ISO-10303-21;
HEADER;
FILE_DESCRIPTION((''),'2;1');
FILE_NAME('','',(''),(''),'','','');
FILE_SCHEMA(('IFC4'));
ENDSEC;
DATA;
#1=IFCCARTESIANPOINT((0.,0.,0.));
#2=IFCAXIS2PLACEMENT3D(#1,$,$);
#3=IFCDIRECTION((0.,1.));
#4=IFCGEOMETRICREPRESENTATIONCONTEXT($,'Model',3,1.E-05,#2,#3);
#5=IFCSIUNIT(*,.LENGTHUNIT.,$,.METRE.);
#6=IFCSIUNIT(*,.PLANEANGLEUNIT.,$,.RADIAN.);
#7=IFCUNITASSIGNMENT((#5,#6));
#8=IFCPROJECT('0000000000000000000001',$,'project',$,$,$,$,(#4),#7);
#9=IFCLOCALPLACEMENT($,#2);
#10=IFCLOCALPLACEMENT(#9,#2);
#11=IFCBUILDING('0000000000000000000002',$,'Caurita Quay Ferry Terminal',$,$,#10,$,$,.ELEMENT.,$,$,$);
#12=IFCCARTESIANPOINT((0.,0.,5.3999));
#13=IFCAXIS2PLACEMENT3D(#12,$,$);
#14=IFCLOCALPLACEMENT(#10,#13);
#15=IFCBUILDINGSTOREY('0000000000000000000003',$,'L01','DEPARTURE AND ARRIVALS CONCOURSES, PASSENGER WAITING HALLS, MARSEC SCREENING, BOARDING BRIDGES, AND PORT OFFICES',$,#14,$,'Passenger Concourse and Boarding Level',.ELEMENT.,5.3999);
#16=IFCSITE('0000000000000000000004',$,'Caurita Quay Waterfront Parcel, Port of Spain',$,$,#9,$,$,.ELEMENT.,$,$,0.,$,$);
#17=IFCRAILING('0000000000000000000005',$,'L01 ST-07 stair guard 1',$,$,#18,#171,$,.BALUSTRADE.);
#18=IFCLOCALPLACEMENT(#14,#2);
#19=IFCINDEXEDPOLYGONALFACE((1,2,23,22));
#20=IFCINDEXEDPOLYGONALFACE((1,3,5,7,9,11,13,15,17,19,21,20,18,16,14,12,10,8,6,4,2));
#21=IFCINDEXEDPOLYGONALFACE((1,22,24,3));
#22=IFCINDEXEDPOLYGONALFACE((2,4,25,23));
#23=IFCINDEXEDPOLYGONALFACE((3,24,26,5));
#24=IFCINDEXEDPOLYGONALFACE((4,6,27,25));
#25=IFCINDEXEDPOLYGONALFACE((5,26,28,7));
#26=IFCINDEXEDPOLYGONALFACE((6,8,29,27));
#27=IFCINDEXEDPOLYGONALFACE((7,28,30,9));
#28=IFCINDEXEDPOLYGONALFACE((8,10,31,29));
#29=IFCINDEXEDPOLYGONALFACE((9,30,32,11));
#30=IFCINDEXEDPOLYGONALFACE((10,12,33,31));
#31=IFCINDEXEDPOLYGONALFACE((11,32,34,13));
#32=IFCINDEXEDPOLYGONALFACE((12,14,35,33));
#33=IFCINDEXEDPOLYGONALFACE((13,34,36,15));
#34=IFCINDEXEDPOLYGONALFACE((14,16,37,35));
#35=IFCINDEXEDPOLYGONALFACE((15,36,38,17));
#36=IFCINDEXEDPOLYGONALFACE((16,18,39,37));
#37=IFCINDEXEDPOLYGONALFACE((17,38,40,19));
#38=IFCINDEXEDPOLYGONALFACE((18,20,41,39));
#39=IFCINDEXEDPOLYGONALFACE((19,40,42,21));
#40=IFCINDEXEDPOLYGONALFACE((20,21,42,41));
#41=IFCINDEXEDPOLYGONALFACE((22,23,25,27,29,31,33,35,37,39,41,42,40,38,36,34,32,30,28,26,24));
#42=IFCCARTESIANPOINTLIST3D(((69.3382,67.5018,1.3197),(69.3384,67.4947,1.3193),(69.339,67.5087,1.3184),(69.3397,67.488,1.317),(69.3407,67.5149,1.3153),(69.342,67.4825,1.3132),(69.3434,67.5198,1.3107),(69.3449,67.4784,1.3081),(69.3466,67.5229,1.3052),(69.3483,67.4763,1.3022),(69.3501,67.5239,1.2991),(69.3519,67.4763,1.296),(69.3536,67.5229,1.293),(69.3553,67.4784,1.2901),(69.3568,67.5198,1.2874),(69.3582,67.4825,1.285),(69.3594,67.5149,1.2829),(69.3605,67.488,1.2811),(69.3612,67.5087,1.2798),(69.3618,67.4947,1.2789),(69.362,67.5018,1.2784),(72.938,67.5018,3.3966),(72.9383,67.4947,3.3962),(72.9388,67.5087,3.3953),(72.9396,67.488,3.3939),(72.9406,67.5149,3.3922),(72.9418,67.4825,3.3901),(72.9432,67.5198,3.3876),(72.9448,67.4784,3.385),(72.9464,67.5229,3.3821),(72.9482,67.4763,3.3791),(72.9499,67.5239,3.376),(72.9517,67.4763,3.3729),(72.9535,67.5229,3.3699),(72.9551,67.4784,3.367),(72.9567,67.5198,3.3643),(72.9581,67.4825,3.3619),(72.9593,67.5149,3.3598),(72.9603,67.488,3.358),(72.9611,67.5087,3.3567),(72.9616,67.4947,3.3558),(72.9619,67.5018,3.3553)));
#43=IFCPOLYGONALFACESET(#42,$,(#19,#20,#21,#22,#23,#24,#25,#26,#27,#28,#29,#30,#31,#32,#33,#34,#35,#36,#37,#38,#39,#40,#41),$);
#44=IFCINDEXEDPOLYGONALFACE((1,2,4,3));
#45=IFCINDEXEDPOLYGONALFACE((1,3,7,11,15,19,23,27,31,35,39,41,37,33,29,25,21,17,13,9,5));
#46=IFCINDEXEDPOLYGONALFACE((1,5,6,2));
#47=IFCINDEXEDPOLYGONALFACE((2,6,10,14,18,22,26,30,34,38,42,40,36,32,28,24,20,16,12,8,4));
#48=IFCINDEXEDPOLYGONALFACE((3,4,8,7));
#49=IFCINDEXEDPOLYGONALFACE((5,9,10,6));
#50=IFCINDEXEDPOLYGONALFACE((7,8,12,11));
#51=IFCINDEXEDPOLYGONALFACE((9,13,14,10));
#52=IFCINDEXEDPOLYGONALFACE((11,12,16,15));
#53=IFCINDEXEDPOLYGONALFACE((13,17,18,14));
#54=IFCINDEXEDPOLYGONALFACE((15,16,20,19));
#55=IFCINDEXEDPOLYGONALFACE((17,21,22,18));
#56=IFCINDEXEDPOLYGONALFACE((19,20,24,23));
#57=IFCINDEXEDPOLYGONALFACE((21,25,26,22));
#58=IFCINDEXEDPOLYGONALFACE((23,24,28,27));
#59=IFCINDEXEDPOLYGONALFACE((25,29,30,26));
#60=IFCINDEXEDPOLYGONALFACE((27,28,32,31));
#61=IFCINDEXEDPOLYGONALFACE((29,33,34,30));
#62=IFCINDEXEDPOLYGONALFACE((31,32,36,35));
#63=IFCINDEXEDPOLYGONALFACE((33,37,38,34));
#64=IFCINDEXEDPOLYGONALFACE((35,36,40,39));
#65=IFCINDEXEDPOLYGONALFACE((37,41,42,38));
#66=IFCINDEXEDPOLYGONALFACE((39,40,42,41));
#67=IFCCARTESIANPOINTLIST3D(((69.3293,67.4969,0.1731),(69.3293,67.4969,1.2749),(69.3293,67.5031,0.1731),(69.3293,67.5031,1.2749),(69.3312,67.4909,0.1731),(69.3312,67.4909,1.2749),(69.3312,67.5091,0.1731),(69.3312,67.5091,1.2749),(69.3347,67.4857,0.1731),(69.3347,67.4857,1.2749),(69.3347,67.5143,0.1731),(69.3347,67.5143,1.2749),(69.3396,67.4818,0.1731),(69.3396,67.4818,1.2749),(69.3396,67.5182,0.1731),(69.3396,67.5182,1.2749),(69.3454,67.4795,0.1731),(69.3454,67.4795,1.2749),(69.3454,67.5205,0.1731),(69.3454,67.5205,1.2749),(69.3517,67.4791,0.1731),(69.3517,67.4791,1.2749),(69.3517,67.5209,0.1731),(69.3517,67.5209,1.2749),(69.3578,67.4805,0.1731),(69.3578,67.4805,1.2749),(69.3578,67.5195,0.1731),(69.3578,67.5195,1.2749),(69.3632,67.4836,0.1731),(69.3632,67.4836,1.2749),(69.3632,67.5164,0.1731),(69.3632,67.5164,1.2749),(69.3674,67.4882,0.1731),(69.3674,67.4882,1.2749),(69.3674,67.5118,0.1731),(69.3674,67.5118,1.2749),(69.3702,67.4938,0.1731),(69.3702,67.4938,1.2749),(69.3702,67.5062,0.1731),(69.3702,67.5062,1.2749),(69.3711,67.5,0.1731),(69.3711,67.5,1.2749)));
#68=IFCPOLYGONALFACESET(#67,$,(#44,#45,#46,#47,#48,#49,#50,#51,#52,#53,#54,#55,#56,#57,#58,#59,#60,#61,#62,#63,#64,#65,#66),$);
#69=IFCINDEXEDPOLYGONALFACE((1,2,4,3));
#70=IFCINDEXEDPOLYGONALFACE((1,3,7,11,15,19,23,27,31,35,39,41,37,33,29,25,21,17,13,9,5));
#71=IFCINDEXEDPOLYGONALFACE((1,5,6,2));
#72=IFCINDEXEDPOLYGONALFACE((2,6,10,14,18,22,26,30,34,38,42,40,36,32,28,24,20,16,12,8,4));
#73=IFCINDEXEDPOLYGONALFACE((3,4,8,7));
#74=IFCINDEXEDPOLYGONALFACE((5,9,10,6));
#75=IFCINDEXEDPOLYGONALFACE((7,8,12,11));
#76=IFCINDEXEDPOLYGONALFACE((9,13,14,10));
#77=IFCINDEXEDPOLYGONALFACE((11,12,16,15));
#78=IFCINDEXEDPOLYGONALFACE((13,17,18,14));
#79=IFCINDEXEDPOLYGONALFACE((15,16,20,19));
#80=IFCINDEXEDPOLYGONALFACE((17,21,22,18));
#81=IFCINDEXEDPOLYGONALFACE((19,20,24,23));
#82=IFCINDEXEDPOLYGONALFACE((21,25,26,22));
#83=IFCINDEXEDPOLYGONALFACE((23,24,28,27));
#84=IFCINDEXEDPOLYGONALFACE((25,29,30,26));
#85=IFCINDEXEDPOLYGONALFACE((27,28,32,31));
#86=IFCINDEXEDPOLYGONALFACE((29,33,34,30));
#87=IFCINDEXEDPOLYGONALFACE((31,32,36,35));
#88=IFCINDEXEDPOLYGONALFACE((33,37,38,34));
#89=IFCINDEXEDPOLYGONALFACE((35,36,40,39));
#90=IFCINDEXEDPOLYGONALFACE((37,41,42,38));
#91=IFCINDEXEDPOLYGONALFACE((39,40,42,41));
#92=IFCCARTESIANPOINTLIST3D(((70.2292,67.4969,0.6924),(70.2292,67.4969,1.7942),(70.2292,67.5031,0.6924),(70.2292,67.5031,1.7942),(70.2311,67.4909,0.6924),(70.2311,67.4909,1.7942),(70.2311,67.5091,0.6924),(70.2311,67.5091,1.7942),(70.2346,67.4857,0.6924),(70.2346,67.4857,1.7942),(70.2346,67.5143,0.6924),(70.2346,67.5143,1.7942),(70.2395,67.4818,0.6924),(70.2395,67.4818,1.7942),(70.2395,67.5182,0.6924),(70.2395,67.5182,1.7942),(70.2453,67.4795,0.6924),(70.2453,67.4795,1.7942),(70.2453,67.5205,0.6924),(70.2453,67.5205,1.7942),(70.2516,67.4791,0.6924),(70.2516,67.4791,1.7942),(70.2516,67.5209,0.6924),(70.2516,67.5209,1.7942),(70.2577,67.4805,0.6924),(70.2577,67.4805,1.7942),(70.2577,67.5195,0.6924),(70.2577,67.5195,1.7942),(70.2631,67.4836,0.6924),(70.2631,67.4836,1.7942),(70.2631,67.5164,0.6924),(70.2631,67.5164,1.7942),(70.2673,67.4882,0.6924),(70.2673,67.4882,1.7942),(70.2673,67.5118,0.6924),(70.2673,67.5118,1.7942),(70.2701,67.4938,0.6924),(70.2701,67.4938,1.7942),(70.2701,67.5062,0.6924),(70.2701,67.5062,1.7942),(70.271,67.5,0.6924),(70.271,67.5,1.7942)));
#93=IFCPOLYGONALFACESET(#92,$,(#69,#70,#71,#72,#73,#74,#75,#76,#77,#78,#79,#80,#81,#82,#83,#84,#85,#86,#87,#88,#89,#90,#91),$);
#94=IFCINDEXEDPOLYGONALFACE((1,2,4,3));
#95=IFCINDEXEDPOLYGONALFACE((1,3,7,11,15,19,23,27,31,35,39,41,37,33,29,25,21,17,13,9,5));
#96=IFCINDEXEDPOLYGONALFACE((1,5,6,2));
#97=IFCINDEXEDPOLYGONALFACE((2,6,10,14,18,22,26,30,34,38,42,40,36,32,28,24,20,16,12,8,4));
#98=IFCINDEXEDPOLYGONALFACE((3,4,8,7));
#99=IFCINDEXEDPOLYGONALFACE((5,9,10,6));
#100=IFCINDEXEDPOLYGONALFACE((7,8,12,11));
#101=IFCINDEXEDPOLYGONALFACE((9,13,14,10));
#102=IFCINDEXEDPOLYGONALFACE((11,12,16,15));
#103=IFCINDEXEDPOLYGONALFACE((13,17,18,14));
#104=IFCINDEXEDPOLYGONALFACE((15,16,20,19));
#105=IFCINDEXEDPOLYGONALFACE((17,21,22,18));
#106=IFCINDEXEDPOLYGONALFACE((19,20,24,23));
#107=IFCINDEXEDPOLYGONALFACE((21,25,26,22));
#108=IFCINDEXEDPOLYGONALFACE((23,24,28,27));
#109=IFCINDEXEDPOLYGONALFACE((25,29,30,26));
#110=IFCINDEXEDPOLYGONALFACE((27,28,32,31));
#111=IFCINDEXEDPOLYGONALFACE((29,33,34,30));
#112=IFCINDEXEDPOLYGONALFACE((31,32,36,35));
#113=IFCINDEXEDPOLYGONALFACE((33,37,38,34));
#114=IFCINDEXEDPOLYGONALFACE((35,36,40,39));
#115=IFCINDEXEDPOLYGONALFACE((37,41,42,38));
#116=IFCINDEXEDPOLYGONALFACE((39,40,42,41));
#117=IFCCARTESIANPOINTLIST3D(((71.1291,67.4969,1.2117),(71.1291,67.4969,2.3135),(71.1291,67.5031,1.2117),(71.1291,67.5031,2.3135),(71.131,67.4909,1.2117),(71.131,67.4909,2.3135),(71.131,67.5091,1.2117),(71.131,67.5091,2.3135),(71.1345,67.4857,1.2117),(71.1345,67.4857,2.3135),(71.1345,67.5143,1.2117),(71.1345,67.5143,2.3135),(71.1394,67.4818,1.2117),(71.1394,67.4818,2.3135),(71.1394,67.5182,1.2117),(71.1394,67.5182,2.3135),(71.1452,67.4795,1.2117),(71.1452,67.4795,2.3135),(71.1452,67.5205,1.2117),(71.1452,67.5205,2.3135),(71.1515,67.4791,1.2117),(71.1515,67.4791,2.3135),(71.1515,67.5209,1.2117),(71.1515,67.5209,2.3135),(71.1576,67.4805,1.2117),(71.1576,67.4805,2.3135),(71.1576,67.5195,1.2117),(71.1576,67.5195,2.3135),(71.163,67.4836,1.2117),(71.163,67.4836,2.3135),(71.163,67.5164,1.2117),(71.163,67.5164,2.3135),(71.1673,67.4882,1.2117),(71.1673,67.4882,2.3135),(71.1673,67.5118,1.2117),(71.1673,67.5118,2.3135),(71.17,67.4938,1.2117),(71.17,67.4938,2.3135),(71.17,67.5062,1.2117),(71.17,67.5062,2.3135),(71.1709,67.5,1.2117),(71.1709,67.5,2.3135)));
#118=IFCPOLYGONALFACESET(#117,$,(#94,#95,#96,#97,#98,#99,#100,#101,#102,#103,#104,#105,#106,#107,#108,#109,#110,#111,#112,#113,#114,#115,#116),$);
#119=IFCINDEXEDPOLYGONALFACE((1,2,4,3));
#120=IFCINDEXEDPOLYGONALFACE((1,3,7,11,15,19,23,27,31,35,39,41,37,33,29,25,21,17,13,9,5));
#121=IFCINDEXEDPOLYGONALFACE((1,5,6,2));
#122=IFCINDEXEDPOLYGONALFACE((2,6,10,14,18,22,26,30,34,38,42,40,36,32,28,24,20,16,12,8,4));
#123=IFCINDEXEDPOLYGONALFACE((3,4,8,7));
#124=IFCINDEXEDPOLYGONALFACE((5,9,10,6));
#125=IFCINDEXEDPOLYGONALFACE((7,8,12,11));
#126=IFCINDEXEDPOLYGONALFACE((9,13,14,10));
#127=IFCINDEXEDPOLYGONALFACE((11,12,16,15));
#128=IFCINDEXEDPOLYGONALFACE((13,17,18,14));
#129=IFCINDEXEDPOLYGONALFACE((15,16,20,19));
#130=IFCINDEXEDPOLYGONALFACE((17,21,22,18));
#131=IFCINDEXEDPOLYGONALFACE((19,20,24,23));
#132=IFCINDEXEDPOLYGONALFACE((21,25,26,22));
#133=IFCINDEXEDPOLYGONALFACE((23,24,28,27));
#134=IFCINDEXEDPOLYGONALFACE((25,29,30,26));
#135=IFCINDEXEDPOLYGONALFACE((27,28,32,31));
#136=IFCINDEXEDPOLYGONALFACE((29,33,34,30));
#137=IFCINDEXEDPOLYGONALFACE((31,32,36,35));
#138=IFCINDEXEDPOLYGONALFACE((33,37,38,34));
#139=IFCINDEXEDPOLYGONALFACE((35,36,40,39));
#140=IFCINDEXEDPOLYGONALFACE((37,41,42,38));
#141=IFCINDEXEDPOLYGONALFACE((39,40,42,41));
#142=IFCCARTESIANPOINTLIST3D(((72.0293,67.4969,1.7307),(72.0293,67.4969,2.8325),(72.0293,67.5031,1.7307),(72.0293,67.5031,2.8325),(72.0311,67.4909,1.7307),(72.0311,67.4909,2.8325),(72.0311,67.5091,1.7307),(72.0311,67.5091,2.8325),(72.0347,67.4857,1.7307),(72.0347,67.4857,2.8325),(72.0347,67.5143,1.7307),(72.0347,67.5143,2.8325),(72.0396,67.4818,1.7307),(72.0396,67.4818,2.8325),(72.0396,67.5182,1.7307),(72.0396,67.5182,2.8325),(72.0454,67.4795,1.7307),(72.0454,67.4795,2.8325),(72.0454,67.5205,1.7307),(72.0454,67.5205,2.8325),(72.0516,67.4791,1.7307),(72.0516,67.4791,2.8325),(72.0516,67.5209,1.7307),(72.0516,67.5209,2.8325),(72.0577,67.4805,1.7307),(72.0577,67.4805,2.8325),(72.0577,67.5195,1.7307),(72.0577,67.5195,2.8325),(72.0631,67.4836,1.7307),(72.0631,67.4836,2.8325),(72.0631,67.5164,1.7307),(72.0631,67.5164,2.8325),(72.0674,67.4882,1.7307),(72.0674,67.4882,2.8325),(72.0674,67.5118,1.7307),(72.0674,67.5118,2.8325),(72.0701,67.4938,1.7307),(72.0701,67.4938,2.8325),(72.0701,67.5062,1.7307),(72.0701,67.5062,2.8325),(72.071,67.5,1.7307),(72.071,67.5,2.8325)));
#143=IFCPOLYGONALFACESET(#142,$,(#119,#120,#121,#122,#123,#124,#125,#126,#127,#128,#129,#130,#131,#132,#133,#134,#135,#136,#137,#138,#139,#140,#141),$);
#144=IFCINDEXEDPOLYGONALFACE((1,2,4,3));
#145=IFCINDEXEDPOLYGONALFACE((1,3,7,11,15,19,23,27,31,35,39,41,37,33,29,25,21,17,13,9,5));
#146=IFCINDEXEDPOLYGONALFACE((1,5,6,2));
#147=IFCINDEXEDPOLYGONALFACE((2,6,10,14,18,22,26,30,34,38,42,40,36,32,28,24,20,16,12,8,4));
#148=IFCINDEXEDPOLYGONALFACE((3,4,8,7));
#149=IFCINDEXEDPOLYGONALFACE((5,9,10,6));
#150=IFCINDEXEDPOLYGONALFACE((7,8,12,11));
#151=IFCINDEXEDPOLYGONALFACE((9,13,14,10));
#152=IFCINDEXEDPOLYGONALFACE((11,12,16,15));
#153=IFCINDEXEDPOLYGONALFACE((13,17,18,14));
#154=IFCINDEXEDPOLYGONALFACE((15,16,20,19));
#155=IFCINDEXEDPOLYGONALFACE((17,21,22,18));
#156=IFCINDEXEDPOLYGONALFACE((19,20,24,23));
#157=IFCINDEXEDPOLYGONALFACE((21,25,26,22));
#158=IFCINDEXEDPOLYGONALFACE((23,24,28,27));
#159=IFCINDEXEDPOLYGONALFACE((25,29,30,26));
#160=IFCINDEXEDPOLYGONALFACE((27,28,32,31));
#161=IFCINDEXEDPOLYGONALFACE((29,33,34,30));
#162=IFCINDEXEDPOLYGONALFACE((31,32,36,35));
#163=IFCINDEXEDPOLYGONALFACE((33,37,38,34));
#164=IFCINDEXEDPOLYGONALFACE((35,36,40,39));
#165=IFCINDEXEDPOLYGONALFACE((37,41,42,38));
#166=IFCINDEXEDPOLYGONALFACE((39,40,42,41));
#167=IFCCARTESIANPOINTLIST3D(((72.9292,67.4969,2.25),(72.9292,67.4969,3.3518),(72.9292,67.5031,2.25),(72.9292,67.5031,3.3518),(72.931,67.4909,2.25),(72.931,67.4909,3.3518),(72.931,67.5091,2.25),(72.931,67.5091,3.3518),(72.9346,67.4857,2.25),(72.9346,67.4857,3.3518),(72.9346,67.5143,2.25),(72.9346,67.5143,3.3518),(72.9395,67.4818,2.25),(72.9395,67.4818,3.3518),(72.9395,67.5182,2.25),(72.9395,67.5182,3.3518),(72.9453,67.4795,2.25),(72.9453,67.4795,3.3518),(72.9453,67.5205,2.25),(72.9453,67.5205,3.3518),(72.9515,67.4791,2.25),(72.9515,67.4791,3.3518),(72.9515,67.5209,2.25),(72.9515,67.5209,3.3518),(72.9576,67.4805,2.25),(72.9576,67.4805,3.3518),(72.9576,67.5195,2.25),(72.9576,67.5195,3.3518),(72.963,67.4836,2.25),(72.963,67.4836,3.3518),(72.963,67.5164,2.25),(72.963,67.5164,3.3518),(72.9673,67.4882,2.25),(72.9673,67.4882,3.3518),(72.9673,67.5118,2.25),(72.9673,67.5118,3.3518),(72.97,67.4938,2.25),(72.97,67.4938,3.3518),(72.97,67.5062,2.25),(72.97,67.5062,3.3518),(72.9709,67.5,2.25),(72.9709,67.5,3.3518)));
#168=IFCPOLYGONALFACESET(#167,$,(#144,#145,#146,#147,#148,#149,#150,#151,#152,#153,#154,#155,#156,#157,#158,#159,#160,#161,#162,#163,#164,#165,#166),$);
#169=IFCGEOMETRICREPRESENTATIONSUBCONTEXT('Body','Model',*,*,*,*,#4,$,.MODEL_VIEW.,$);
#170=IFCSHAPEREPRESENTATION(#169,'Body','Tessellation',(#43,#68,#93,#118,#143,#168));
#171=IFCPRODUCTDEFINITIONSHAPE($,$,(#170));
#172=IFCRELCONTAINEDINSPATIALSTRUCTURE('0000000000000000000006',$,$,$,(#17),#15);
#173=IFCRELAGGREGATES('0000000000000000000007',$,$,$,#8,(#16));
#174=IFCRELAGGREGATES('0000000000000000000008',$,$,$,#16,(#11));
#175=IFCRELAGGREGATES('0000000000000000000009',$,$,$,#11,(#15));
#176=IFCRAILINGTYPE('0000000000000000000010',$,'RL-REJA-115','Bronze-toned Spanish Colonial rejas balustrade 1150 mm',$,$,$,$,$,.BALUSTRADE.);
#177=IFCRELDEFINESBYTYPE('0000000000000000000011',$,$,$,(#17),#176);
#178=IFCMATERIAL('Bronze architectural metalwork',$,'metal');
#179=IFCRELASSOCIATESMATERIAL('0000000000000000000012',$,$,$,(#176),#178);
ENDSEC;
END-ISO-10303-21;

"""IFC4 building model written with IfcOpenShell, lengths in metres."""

from ifc_helpers import new_model, si_unit, direction, frame, origin, origin_2d, place, context, subcontext, project, spatial, circle, extrude, material, type_object, element, save


model = new_model("IFC4")

# Units and contexts
model_context = context("Model", 3, precision=1e-05, world=origin(), true_north=direction((0.0, 1.0)))
body_context = subcontext(model_context, "Body", "Model", "MODEL_VIEW")
ifc_project = project(units=[si_unit("LENGTHUNIT", "METRE"), si_unit("PLANEANGLEUNIT", "RADIAN")], contexts=[model_context])

# Site, building, storey
site_placement = place(None, origin())
site = spatial("IfcSite", under=ifc_project, at=site_placement, Name="Caurita Quay Waterfront Parcel, Port of Spain", CompositionType="ELEMENT", RefElevation=0.0)
building_placement = place(site_placement, origin())
building = spatial("IfcBuilding", under=site, at=building_placement, Name="Caurita Quay Ferry Terminal", CompositionType="ELEMENT")
storey_placement = place(building_placement, frame((0.0, 0.0, 5.3999)))
storey = spatial("IfcBuildingStorey", under=building, at=storey_placement, Name="L01", Description="DEPARTURE AND ARRIVALS CONCOURSES, PASSENGER WAITING HALLS, MARSEC SCREENING, BOARDING BRIDGES, AND PORT OFFICES", LongName="Passenger Concourse and Boarding Level", CompositionType="ELEMENT", Elevation=5.3999)

# Railing
ifc_material_1 = material(Name="Bronze architectural metalwork", Category="metal")
railing_type_1 = type_object("IfcRailingType", Name="RL-REJA-115", Description="Bronze-toned Spanish Colonial rejas balustrade 1150 mm", PredefinedType="BALUSTRADE", material=ifc_material_1)
railing_1_placement = place(storey_placement, frame((69.3501, 67.5, 0.1731)))
element("IfcRailing", 1, at=railing_1_placement, inside=storey, type_object=railing_type_1, Name="L01 ST-07 stair guard 1", PredefinedType="BALUSTRADE", context=body_context, shape_type="SweptSolid", body=[
    extrude(circle(Radius=0.0239, at=origin_2d()), frame((0.0, 0.0, 1.126), z_axis=(0.866179, 0.0, 0.499734), x_axis=(0.0, 1.0, 0.0)), (0.0, 0.0, 1.0), 4.156),
    extrude(circle(Radius=0.021, at=origin_2d()), origin(), (0.0, 0.0, 1.0), 1.1018),
    extrude(circle(Radius=0.021, at=origin_2d()), frame((0.8999, 0.0, 0.5193)), (0.0, 0.0, 1.0), 1.1018),
    extrude(circle(Radius=0.021, at=origin_2d()), frame((1.7998, 0.0, 1.0386)), (0.0, 0.0, 1.0), 1.1018),
    extrude(circle(Radius=0.021, at=origin_2d()), frame((2.7, 0.0, 1.5576)), (0.0, 0.0, 1.0), 1.1018),
    extrude(circle(Radius=0.021, at=origin_2d()), frame((3.5999, 0.0, 2.0769)), (0.0, 0.0, 1.0), 1.1018),
])

save(model, "model.ifc")
